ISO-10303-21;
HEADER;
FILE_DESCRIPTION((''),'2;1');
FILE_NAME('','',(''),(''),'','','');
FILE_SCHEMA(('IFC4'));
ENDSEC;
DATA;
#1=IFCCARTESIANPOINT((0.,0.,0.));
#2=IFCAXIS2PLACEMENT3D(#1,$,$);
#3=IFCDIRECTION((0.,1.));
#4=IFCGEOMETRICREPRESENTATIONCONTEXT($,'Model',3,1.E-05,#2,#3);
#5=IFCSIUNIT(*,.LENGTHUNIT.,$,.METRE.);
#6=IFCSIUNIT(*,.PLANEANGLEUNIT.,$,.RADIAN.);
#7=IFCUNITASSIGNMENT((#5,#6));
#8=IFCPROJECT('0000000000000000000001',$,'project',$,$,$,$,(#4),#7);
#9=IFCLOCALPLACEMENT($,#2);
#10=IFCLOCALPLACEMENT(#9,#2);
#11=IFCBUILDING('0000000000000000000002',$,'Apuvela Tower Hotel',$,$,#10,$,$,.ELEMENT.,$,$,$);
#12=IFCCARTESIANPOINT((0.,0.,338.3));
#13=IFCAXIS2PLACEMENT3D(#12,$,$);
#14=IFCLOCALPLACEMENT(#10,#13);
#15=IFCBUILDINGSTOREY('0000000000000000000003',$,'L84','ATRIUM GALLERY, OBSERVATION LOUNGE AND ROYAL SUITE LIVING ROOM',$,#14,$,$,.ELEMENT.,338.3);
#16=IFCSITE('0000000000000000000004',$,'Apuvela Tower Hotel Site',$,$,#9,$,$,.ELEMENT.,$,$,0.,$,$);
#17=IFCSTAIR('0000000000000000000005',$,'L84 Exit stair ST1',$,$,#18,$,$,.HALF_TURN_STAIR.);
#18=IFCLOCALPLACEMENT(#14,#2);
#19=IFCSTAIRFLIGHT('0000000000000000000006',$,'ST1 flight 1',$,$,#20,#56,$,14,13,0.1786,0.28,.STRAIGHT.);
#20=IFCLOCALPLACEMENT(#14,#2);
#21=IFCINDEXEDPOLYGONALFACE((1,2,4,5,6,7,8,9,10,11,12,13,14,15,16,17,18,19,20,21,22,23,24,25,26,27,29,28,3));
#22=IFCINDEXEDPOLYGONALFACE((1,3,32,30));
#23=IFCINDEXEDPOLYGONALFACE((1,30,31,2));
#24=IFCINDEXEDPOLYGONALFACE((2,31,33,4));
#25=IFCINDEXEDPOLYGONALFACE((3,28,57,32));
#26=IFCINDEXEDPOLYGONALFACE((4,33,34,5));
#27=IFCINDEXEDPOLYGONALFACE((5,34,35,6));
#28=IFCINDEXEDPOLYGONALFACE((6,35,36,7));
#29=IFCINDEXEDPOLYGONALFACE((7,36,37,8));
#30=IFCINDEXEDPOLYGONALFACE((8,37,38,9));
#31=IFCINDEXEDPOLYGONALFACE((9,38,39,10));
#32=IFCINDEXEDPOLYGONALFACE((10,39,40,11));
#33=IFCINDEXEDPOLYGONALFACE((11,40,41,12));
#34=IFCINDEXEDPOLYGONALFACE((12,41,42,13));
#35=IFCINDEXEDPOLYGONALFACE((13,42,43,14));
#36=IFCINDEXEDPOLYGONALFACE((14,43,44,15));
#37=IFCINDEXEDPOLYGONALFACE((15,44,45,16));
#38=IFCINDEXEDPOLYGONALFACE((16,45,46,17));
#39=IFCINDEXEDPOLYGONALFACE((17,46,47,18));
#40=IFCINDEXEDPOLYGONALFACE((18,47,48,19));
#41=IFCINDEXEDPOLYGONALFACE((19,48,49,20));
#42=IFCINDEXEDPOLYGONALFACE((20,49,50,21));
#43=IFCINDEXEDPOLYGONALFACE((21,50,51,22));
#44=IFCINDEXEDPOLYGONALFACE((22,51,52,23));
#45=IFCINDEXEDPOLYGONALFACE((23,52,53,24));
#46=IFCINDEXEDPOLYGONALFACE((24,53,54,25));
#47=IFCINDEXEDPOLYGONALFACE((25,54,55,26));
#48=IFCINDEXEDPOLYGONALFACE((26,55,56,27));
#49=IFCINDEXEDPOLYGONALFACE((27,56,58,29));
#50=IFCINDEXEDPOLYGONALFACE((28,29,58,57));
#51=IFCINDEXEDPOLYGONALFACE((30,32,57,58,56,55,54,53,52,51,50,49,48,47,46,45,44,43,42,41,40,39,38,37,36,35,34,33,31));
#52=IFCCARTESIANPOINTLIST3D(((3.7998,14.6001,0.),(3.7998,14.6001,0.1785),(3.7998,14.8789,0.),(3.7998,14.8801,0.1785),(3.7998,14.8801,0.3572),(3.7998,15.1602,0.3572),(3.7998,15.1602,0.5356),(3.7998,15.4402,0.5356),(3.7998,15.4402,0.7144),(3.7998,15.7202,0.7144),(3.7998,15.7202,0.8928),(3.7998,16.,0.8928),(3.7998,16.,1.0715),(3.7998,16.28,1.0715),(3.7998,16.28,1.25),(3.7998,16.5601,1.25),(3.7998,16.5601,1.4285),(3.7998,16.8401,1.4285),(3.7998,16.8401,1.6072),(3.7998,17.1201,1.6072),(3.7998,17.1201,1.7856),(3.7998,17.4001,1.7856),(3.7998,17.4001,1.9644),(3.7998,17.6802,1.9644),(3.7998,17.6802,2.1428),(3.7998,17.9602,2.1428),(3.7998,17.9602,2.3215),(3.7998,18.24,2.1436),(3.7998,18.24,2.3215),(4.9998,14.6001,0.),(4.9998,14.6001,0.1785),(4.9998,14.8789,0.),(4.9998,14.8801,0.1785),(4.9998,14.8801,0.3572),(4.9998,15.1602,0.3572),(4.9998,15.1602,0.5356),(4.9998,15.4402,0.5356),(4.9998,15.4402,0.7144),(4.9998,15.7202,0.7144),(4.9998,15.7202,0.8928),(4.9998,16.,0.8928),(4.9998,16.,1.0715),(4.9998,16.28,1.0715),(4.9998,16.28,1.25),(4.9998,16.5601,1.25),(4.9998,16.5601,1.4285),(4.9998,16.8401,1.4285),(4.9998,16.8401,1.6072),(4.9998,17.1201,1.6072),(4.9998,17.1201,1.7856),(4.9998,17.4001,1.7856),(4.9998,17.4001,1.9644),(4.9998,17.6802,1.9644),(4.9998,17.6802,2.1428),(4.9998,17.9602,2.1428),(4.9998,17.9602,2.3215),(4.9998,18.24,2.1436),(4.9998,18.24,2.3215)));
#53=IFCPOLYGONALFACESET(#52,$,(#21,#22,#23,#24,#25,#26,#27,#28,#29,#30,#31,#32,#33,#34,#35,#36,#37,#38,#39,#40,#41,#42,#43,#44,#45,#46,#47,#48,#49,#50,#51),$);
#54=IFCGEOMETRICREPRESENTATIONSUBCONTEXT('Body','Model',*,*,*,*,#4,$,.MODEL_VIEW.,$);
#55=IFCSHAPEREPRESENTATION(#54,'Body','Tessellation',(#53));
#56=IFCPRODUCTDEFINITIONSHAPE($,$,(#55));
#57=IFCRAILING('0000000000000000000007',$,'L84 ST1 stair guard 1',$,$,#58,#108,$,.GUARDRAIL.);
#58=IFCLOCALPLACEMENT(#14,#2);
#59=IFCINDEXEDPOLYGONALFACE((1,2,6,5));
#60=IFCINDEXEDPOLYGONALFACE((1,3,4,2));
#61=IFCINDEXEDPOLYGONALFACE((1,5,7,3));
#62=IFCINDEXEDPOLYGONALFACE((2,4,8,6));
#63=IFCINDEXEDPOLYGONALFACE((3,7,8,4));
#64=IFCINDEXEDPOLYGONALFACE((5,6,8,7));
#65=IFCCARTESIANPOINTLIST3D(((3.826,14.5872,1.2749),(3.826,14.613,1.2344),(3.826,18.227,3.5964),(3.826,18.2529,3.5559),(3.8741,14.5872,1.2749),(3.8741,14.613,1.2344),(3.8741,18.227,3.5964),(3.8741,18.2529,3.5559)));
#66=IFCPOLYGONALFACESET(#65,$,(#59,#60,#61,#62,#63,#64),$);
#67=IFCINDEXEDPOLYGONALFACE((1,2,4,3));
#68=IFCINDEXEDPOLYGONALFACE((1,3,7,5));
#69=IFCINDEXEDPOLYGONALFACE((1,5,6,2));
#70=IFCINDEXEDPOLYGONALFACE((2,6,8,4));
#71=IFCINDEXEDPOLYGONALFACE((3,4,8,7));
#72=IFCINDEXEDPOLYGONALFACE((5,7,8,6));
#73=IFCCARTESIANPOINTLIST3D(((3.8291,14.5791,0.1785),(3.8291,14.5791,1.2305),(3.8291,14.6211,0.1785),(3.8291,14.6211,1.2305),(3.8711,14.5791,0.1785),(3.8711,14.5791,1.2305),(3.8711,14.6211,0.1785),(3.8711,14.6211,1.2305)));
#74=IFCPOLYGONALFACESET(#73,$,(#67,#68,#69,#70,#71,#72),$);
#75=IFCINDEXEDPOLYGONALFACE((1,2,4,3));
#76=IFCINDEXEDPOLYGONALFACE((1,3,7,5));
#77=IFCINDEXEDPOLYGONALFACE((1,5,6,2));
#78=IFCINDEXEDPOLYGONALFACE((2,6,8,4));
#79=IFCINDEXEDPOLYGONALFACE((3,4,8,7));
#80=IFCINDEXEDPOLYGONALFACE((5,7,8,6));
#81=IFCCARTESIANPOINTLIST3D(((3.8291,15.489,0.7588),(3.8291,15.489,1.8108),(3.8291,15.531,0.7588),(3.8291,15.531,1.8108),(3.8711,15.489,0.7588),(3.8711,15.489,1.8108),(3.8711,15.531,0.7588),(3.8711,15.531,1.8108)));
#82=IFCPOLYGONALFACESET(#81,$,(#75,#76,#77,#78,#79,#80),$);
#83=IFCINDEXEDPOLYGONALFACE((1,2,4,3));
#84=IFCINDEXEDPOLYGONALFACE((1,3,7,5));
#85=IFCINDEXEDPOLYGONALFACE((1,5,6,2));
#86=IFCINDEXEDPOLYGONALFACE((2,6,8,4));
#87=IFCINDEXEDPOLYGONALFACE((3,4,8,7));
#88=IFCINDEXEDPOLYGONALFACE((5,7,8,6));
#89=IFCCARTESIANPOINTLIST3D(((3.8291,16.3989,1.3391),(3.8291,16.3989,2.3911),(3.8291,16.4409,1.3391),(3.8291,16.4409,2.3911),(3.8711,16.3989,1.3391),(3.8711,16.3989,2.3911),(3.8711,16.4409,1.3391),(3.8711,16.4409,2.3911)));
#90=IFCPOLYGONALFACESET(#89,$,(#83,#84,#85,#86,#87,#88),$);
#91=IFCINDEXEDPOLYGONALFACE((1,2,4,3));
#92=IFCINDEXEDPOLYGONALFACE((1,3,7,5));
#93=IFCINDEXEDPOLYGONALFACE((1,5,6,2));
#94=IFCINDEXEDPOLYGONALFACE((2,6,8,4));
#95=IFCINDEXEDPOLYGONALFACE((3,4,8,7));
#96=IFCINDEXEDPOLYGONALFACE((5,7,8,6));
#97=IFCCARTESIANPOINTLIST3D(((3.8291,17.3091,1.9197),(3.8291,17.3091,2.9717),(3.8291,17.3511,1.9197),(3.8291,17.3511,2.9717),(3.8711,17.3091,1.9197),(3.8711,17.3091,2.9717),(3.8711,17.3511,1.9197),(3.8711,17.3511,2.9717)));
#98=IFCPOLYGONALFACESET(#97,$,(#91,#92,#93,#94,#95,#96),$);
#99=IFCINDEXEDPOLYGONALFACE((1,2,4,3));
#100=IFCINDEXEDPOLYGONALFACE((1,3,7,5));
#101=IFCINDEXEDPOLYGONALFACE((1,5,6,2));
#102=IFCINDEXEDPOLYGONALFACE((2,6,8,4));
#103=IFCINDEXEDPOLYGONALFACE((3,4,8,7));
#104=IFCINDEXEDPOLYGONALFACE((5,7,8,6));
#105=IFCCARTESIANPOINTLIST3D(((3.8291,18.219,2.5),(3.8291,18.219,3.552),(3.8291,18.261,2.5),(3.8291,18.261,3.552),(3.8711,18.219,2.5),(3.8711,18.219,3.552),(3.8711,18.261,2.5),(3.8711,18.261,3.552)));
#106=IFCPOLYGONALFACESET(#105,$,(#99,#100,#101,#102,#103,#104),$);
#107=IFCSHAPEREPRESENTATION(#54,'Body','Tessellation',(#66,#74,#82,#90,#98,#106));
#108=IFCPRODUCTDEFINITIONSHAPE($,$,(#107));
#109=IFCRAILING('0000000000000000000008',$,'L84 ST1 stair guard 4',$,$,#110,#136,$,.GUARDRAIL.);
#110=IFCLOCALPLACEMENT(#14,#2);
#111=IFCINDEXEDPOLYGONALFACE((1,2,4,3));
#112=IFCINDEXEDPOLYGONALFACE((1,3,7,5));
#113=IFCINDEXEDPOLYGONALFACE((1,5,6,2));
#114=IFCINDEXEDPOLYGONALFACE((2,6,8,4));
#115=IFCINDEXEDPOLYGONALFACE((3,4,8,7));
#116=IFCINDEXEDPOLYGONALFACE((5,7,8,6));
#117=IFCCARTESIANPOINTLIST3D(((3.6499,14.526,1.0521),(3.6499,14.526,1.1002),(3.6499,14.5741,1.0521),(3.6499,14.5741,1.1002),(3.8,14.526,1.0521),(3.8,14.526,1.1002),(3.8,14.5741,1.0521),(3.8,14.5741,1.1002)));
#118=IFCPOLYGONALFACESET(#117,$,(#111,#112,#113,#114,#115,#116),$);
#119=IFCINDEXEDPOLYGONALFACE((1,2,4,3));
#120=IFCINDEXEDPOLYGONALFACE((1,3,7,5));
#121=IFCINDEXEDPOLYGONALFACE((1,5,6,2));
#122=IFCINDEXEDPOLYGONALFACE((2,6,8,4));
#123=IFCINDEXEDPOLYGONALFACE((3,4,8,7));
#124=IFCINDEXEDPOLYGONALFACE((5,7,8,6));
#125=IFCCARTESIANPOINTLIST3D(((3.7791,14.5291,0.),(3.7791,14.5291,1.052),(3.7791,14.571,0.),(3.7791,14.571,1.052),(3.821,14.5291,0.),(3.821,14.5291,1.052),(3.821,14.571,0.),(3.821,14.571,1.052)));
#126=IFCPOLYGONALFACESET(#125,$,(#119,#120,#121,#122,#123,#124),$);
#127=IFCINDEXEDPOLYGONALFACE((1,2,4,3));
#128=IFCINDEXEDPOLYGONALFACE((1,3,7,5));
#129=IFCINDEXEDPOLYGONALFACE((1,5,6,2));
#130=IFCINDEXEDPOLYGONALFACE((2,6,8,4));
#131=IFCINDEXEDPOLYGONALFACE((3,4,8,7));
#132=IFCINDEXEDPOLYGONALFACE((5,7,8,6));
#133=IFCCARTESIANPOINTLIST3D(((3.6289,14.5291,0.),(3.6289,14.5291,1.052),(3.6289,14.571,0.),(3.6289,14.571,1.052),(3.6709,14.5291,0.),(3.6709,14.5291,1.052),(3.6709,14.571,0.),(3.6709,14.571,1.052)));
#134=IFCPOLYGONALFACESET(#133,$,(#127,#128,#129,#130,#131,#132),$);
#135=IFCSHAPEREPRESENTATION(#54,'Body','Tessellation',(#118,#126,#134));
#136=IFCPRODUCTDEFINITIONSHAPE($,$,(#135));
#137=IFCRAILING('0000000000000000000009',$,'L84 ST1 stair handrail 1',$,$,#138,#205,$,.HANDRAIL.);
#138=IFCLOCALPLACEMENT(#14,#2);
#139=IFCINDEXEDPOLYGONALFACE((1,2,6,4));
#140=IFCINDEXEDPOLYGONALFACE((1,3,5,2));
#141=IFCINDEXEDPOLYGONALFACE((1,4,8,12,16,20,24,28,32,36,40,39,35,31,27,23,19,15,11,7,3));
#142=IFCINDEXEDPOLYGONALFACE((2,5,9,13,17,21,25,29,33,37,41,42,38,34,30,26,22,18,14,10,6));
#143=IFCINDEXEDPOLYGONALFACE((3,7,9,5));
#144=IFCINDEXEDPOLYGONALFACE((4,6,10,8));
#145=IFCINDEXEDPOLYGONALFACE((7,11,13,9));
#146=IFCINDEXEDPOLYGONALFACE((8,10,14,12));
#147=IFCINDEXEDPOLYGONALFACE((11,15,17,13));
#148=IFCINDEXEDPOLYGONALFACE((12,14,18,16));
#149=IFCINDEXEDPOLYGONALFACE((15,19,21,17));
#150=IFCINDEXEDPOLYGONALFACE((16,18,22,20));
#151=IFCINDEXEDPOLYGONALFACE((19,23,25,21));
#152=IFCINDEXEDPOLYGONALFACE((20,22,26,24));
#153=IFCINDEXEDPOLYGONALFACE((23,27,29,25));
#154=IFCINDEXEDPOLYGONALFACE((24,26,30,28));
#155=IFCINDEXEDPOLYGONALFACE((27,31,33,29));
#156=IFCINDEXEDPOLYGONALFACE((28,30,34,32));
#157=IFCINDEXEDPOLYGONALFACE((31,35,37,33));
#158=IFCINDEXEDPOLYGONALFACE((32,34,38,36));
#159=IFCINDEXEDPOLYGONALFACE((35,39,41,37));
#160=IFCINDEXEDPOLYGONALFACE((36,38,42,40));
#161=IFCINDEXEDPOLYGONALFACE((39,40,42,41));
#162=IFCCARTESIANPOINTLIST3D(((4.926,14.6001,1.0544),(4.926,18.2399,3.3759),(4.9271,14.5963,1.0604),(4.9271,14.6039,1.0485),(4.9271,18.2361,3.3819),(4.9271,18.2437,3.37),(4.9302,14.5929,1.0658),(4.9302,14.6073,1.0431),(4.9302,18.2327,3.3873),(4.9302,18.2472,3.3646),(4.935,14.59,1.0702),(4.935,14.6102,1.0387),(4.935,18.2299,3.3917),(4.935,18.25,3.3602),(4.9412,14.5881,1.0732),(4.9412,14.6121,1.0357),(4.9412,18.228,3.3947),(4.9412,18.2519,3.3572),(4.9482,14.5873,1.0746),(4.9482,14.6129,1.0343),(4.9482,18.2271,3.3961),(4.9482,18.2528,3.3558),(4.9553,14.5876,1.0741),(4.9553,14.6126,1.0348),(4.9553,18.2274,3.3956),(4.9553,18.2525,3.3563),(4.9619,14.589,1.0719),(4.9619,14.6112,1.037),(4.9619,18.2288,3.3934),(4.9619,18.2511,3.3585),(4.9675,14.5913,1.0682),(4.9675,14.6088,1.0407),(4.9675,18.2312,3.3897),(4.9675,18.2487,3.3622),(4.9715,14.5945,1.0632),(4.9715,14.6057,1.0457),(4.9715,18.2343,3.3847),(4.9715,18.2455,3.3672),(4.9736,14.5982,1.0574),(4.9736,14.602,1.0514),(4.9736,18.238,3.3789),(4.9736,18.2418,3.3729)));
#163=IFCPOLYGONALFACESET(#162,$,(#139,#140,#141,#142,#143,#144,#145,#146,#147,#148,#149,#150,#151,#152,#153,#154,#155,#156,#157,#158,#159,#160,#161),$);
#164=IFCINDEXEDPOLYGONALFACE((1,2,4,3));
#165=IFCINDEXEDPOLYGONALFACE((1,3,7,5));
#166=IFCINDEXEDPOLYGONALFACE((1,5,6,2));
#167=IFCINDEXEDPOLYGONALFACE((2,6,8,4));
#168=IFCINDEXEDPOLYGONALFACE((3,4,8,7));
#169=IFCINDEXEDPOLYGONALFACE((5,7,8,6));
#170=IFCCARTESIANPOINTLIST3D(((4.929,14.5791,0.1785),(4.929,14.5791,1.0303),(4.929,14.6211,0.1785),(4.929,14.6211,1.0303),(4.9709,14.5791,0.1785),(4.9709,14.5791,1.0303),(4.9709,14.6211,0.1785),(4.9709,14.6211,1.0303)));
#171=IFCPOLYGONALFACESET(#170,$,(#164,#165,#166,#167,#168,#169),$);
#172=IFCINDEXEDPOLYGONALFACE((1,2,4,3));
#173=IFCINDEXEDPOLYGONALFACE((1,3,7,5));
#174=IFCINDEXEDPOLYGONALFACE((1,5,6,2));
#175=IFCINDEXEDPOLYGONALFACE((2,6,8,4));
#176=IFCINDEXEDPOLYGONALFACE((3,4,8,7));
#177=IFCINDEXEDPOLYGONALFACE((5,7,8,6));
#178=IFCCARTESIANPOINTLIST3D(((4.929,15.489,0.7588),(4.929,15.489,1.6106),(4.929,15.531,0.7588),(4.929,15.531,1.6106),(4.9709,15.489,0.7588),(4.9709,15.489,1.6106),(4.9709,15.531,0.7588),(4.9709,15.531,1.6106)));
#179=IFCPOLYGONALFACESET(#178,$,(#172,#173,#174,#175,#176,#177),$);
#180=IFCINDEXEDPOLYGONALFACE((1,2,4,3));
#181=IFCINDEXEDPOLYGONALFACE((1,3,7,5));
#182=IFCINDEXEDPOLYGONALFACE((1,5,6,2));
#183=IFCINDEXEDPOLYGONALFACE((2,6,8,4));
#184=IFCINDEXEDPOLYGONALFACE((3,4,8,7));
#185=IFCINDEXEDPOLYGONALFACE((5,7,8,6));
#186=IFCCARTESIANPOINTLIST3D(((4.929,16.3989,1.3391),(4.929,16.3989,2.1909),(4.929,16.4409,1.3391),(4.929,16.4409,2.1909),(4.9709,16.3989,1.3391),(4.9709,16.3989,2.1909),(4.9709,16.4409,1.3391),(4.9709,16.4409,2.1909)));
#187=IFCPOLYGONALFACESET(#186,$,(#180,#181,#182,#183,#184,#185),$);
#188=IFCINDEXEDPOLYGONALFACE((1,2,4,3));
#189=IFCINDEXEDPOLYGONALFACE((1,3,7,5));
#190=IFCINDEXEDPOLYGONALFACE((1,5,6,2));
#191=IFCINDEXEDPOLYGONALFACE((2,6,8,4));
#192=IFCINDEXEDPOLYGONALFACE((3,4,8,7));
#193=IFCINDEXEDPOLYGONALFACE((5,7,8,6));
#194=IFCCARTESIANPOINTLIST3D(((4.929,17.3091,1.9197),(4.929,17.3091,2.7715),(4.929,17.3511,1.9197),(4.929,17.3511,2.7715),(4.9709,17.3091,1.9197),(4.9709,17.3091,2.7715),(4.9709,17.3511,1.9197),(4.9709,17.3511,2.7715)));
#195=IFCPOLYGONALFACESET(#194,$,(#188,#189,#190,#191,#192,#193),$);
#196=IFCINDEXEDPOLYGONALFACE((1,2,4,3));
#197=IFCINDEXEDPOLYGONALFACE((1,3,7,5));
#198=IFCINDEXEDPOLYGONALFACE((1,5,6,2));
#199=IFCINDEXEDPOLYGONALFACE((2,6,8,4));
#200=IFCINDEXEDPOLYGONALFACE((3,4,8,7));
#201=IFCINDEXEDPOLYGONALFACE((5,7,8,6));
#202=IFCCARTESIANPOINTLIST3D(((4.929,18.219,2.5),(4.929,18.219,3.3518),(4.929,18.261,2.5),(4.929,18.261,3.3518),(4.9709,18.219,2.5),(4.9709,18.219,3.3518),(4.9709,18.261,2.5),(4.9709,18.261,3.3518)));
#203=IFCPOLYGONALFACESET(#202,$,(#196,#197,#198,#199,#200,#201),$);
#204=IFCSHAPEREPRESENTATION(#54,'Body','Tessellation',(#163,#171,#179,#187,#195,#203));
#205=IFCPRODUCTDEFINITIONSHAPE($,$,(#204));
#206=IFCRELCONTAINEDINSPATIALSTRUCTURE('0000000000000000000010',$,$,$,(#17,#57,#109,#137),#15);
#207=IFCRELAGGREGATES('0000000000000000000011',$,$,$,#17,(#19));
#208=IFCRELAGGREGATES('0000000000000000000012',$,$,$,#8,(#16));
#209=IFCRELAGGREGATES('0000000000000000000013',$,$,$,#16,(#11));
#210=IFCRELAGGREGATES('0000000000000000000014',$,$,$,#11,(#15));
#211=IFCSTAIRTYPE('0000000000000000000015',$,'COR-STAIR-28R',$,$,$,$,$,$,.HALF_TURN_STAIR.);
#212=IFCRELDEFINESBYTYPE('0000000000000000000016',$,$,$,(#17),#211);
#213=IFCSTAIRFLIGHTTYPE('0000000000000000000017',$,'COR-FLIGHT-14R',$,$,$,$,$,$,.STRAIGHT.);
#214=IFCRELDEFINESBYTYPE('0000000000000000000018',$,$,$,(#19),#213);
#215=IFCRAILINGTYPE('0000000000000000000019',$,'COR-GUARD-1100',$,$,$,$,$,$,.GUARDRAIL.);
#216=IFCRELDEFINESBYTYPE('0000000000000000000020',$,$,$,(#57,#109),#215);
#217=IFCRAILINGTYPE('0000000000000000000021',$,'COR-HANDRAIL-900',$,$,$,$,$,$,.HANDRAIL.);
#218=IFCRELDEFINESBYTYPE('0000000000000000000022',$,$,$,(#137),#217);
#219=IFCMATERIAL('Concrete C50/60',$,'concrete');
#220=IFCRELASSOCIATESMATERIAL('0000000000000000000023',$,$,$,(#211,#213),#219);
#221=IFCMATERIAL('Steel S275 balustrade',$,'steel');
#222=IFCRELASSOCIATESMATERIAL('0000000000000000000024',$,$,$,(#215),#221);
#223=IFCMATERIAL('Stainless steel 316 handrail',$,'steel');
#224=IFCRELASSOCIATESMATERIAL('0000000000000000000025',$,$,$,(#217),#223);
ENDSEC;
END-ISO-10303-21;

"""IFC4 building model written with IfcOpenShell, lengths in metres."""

from ifc_helpers import new_model, si_unit, direction, frame, origin, origin_2d, place, context, subcontext, project, spatial, polyline, rectangle, circle, outline, extrude, material, type_object, element, aggregate, save


model = new_model("IFC4")

# Units and contexts
model_context = context("Model", 3, precision=1e-05, world=origin(), true_north=direction((0.0, 1.0)))
body_context = subcontext(model_context, "Body", "Model", "MODEL_VIEW")
ifc_project = project(units=[si_unit("LENGTHUNIT", "METRE"), si_unit("PLANEANGLEUNIT", "RADIAN")], contexts=[model_context])

# Site, building, storey
site_placement = place(None, origin())
site = spatial("IfcSite", under=ifc_project, at=site_placement, Name="Apuvela Tower Hotel Site", CompositionType="ELEMENT", RefElevation=0.0)
building_placement = place(site_placement, origin())
building = spatial("IfcBuilding", under=site, at=building_placement, Name="Apuvela Tower Hotel", CompositionType="ELEMENT")
storey_placement = place(building_placement, frame((0.0, 0.0, 338.3)))
storey = spatial("IfcBuildingStorey", under=building, at=storey_placement, Name="L84", Description="ATRIUM GALLERY, OBSERVATION LOUNGE AND ROYAL SUITE LIVING ROOM", CompositionType="ELEMENT", Elevation=338.3)

# Shared definitions
ifc_material_1 = material(Name="Concrete C50/60", Category="concrete")

# Stair, stair flight
stair_type = type_object("IfcStairType", Name="COR-STAIR-28R", PredefinedType="HALF_TURN_STAIR", material=ifc_material_1)
stair_placement = place(storey_placement, origin())
stair = element("IfcStair", 1, at=stair_placement, inside=storey, type_object=stair_type, Name="L84 Exit stair ST1", PredefinedType="HALF_TURN_STAIR")
stair_flight_type = type_object("IfcStairFlightType", Name="COR-FLIGHT-14R", PredefinedType="STRAIGHT", material=ifc_material_1)
stair_flight_placement = place(storey_placement, frame((4.3999, 14.6001, 0.0), z_axis=(0.0, 0.0, 1.0), x_axis=(0.0, 1.0, 0.0)))
stair_flight = element("IfcStairFlight", 2, at=stair_flight_placement, type_object=stair_flight_type, Name="ST1 flight 1", NumberOfRisers=14, NumberOfTreads=13, PredefinedType="STRAIGHT", RiserHeight=0.1786, TreadLength=0.28, context=body_context, shape_type="SweptSolid", body=[
    extrude(outline(polyline([(0.0, 0.0), (0.0, 0.1785), (0.28, 0.1785), (0.28, 0.3572), (0.5601, 0.3572), (0.5601, 0.5356), (0.8401, 0.5356), (0.8401, 0.7144), (1.1201, 0.7144), (1.1201, 0.8928), (1.3999, 0.8928), (1.3999, 1.0715), (1.6799, 1.0715), (1.6799, 1.25), (1.96, 1.25), (1.96, 1.4285), (2.24, 1.4285), (2.24, 1.6072), (2.52, 1.6072), (2.52, 1.7856), (2.8, 1.7856), (2.8, 1.9644), (3.0801, 1.9644), (3.0801, 2.1428), (3.3601, 2.1428), (3.3601, 2.3215), (3.6399, 2.3215), (3.6399, 2.5), (3.6399, 2.1436), (0.2788, 0.0), (0.0, 0.0)])), frame((0.0, 0.6001, 0.0), z_axis=(0.0, -1.0, 0.0), x_axis=(1.0, 0.0, 0.0)), (0.0, 0.0, 1.0), 1.2),
])
aggregate(stair, [stair_flight])

# Railings
ifc_material_2 = material(Name="Steel S275 balustrade", Category="steel")
railing_type_1 = type_object("IfcRailingType", Name="COR-GUARD-1100", PredefinedType="GUARDRAIL", material=ifc_material_2)
railing_1_placement = place(storey_placement, frame((3.8501, 14.6001, 0.1785)))
element("IfcRailing", 3, at=railing_1_placement, inside=storey, type_object=railing_type_1, Name="L84 ST1 stair guard 1", PredefinedType="GUARDRAIL", context=body_context, shape_type="SweptSolid", body=[
    extrude(rectangle(XDim=0.0481, YDim=0.0481, at=origin_2d()), frame((0.0, 0.0, 1.0762), z_axis=(0.0, 0.843112, 0.537739), x_axis=(-1.0, 0.0, 0.0)), (0.0, 0.0, 1.0), 4.3171),
    extrude(rectangle(XDim=0.042, YDim=0.042, at=origin_2d()), origin(), (0.0, 0.0, 1.0), 1.052),
    extrude(rectangle(XDim=0.042, YDim=0.042, at=origin_2d()), frame((0.0, 0.9099, 0.5803)), (0.0, 0.0, 1.0), 1.052),
    extrude(rectangle(XDim=0.042, YDim=0.042, at=origin_2d()), frame((0.0, 1.8198, 1.1606)), (0.0, 0.0, 1.0), 1.052),
    extrude(rectangle(XDim=0.042, YDim=0.042, at=origin_2d()), frame((0.0, 2.73, 1.7412)), (0.0, 0.0, 1.0), 1.052),
    extrude(rectangle(XDim=0.042, YDim=0.042, at=origin_2d()), frame((0.0, 3.6399, 2.3215)), (0.0, 0.0, 1.0), 1.052),
])
railing_2_placement = place(storey_placement, frame((3.8, 14.55, 0.0)))
element("IfcRailing", 4, at=railing_2_placement, inside=storey, type_object=railing_type_1, Name="L84 ST1 stair guard 4", PredefinedType="GUARDRAIL", context=body_context, shape_type="SweptSolid", body=[
    extrude(rectangle(XDim=0.0481, YDim=0.0481, at=origin_2d()), frame((0.0, 0.0, 1.0762), z_axis=(-1.0, 0.0, 0.0), x_axis=(0.0, -1.0, 0.0)), (0.0, 0.0, 1.0), 0.1501),
    extrude(rectangle(XDim=0.042, YDim=0.042, at=origin_2d()), origin(), (0.0, 0.0, 1.0), 1.052),
    extrude(rectangle(XDim=0.042, YDim=0.042, at=origin_2d()), frame((-0.1501, 0.0, 0.0)), (0.0, 0.0, 1.0), 1.052),
])
ifc_material_3 = material(Name="Stainless steel 316 handrail", Category="steel")
railing_type_2 = type_object("IfcRailingType", Name="COR-HANDRAIL-900", PredefinedType="HANDRAIL", material=ifc_material_3)
railing_3_placement = place(storey_placement, frame((4.95, 14.6001, 0.1785)))
element("IfcRailing", 5, at=railing_3_placement, inside=storey, type_object=railing_type_2, Name="L84 ST1 stair handrail 1", PredefinedType="HANDRAIL", context=body_context, shape_type="SweptSolid", body=[
    extrude(circle(Radius=0.0239, at=origin_2d()), frame((0.0, 0.0, 0.876), z_axis=(0.0, 0.843112, 0.537739), x_axis=(-1.0, 0.0, 0.0)), (0.0, 0.0, 1.0), 4.3171),
    extrude(rectangle(XDim=0.042, YDim=0.042, at=origin_2d()), origin(), (0.0, 0.0, 1.0), 0.8518),
    extrude(rectangle(XDim=0.042, YDim=0.042, at=origin_2d()), frame((0.0, 0.9099, 0.5803)), (0.0, 0.0, 1.0), 0.8518),
    extrude(rectangle(XDim=0.042, YDim=0.042, at=origin_2d()), frame((0.0, 1.8198, 1.1606)), (0.0, 0.0, 1.0), 0.8518),
    extrude(rectangle(XDim=0.042, YDim=0.042, at=origin_2d()), frame((0.0, 2.73, 1.7412)), (0.0, 0.0, 1.0), 0.8518),
    extrude(rectangle(XDim=0.042, YDim=0.042, at=origin_2d()), frame((0.0, 3.6399, 2.3215)), (0.0, 0.0, 1.0), 0.8518),
])

save(model, "model.ifc")
